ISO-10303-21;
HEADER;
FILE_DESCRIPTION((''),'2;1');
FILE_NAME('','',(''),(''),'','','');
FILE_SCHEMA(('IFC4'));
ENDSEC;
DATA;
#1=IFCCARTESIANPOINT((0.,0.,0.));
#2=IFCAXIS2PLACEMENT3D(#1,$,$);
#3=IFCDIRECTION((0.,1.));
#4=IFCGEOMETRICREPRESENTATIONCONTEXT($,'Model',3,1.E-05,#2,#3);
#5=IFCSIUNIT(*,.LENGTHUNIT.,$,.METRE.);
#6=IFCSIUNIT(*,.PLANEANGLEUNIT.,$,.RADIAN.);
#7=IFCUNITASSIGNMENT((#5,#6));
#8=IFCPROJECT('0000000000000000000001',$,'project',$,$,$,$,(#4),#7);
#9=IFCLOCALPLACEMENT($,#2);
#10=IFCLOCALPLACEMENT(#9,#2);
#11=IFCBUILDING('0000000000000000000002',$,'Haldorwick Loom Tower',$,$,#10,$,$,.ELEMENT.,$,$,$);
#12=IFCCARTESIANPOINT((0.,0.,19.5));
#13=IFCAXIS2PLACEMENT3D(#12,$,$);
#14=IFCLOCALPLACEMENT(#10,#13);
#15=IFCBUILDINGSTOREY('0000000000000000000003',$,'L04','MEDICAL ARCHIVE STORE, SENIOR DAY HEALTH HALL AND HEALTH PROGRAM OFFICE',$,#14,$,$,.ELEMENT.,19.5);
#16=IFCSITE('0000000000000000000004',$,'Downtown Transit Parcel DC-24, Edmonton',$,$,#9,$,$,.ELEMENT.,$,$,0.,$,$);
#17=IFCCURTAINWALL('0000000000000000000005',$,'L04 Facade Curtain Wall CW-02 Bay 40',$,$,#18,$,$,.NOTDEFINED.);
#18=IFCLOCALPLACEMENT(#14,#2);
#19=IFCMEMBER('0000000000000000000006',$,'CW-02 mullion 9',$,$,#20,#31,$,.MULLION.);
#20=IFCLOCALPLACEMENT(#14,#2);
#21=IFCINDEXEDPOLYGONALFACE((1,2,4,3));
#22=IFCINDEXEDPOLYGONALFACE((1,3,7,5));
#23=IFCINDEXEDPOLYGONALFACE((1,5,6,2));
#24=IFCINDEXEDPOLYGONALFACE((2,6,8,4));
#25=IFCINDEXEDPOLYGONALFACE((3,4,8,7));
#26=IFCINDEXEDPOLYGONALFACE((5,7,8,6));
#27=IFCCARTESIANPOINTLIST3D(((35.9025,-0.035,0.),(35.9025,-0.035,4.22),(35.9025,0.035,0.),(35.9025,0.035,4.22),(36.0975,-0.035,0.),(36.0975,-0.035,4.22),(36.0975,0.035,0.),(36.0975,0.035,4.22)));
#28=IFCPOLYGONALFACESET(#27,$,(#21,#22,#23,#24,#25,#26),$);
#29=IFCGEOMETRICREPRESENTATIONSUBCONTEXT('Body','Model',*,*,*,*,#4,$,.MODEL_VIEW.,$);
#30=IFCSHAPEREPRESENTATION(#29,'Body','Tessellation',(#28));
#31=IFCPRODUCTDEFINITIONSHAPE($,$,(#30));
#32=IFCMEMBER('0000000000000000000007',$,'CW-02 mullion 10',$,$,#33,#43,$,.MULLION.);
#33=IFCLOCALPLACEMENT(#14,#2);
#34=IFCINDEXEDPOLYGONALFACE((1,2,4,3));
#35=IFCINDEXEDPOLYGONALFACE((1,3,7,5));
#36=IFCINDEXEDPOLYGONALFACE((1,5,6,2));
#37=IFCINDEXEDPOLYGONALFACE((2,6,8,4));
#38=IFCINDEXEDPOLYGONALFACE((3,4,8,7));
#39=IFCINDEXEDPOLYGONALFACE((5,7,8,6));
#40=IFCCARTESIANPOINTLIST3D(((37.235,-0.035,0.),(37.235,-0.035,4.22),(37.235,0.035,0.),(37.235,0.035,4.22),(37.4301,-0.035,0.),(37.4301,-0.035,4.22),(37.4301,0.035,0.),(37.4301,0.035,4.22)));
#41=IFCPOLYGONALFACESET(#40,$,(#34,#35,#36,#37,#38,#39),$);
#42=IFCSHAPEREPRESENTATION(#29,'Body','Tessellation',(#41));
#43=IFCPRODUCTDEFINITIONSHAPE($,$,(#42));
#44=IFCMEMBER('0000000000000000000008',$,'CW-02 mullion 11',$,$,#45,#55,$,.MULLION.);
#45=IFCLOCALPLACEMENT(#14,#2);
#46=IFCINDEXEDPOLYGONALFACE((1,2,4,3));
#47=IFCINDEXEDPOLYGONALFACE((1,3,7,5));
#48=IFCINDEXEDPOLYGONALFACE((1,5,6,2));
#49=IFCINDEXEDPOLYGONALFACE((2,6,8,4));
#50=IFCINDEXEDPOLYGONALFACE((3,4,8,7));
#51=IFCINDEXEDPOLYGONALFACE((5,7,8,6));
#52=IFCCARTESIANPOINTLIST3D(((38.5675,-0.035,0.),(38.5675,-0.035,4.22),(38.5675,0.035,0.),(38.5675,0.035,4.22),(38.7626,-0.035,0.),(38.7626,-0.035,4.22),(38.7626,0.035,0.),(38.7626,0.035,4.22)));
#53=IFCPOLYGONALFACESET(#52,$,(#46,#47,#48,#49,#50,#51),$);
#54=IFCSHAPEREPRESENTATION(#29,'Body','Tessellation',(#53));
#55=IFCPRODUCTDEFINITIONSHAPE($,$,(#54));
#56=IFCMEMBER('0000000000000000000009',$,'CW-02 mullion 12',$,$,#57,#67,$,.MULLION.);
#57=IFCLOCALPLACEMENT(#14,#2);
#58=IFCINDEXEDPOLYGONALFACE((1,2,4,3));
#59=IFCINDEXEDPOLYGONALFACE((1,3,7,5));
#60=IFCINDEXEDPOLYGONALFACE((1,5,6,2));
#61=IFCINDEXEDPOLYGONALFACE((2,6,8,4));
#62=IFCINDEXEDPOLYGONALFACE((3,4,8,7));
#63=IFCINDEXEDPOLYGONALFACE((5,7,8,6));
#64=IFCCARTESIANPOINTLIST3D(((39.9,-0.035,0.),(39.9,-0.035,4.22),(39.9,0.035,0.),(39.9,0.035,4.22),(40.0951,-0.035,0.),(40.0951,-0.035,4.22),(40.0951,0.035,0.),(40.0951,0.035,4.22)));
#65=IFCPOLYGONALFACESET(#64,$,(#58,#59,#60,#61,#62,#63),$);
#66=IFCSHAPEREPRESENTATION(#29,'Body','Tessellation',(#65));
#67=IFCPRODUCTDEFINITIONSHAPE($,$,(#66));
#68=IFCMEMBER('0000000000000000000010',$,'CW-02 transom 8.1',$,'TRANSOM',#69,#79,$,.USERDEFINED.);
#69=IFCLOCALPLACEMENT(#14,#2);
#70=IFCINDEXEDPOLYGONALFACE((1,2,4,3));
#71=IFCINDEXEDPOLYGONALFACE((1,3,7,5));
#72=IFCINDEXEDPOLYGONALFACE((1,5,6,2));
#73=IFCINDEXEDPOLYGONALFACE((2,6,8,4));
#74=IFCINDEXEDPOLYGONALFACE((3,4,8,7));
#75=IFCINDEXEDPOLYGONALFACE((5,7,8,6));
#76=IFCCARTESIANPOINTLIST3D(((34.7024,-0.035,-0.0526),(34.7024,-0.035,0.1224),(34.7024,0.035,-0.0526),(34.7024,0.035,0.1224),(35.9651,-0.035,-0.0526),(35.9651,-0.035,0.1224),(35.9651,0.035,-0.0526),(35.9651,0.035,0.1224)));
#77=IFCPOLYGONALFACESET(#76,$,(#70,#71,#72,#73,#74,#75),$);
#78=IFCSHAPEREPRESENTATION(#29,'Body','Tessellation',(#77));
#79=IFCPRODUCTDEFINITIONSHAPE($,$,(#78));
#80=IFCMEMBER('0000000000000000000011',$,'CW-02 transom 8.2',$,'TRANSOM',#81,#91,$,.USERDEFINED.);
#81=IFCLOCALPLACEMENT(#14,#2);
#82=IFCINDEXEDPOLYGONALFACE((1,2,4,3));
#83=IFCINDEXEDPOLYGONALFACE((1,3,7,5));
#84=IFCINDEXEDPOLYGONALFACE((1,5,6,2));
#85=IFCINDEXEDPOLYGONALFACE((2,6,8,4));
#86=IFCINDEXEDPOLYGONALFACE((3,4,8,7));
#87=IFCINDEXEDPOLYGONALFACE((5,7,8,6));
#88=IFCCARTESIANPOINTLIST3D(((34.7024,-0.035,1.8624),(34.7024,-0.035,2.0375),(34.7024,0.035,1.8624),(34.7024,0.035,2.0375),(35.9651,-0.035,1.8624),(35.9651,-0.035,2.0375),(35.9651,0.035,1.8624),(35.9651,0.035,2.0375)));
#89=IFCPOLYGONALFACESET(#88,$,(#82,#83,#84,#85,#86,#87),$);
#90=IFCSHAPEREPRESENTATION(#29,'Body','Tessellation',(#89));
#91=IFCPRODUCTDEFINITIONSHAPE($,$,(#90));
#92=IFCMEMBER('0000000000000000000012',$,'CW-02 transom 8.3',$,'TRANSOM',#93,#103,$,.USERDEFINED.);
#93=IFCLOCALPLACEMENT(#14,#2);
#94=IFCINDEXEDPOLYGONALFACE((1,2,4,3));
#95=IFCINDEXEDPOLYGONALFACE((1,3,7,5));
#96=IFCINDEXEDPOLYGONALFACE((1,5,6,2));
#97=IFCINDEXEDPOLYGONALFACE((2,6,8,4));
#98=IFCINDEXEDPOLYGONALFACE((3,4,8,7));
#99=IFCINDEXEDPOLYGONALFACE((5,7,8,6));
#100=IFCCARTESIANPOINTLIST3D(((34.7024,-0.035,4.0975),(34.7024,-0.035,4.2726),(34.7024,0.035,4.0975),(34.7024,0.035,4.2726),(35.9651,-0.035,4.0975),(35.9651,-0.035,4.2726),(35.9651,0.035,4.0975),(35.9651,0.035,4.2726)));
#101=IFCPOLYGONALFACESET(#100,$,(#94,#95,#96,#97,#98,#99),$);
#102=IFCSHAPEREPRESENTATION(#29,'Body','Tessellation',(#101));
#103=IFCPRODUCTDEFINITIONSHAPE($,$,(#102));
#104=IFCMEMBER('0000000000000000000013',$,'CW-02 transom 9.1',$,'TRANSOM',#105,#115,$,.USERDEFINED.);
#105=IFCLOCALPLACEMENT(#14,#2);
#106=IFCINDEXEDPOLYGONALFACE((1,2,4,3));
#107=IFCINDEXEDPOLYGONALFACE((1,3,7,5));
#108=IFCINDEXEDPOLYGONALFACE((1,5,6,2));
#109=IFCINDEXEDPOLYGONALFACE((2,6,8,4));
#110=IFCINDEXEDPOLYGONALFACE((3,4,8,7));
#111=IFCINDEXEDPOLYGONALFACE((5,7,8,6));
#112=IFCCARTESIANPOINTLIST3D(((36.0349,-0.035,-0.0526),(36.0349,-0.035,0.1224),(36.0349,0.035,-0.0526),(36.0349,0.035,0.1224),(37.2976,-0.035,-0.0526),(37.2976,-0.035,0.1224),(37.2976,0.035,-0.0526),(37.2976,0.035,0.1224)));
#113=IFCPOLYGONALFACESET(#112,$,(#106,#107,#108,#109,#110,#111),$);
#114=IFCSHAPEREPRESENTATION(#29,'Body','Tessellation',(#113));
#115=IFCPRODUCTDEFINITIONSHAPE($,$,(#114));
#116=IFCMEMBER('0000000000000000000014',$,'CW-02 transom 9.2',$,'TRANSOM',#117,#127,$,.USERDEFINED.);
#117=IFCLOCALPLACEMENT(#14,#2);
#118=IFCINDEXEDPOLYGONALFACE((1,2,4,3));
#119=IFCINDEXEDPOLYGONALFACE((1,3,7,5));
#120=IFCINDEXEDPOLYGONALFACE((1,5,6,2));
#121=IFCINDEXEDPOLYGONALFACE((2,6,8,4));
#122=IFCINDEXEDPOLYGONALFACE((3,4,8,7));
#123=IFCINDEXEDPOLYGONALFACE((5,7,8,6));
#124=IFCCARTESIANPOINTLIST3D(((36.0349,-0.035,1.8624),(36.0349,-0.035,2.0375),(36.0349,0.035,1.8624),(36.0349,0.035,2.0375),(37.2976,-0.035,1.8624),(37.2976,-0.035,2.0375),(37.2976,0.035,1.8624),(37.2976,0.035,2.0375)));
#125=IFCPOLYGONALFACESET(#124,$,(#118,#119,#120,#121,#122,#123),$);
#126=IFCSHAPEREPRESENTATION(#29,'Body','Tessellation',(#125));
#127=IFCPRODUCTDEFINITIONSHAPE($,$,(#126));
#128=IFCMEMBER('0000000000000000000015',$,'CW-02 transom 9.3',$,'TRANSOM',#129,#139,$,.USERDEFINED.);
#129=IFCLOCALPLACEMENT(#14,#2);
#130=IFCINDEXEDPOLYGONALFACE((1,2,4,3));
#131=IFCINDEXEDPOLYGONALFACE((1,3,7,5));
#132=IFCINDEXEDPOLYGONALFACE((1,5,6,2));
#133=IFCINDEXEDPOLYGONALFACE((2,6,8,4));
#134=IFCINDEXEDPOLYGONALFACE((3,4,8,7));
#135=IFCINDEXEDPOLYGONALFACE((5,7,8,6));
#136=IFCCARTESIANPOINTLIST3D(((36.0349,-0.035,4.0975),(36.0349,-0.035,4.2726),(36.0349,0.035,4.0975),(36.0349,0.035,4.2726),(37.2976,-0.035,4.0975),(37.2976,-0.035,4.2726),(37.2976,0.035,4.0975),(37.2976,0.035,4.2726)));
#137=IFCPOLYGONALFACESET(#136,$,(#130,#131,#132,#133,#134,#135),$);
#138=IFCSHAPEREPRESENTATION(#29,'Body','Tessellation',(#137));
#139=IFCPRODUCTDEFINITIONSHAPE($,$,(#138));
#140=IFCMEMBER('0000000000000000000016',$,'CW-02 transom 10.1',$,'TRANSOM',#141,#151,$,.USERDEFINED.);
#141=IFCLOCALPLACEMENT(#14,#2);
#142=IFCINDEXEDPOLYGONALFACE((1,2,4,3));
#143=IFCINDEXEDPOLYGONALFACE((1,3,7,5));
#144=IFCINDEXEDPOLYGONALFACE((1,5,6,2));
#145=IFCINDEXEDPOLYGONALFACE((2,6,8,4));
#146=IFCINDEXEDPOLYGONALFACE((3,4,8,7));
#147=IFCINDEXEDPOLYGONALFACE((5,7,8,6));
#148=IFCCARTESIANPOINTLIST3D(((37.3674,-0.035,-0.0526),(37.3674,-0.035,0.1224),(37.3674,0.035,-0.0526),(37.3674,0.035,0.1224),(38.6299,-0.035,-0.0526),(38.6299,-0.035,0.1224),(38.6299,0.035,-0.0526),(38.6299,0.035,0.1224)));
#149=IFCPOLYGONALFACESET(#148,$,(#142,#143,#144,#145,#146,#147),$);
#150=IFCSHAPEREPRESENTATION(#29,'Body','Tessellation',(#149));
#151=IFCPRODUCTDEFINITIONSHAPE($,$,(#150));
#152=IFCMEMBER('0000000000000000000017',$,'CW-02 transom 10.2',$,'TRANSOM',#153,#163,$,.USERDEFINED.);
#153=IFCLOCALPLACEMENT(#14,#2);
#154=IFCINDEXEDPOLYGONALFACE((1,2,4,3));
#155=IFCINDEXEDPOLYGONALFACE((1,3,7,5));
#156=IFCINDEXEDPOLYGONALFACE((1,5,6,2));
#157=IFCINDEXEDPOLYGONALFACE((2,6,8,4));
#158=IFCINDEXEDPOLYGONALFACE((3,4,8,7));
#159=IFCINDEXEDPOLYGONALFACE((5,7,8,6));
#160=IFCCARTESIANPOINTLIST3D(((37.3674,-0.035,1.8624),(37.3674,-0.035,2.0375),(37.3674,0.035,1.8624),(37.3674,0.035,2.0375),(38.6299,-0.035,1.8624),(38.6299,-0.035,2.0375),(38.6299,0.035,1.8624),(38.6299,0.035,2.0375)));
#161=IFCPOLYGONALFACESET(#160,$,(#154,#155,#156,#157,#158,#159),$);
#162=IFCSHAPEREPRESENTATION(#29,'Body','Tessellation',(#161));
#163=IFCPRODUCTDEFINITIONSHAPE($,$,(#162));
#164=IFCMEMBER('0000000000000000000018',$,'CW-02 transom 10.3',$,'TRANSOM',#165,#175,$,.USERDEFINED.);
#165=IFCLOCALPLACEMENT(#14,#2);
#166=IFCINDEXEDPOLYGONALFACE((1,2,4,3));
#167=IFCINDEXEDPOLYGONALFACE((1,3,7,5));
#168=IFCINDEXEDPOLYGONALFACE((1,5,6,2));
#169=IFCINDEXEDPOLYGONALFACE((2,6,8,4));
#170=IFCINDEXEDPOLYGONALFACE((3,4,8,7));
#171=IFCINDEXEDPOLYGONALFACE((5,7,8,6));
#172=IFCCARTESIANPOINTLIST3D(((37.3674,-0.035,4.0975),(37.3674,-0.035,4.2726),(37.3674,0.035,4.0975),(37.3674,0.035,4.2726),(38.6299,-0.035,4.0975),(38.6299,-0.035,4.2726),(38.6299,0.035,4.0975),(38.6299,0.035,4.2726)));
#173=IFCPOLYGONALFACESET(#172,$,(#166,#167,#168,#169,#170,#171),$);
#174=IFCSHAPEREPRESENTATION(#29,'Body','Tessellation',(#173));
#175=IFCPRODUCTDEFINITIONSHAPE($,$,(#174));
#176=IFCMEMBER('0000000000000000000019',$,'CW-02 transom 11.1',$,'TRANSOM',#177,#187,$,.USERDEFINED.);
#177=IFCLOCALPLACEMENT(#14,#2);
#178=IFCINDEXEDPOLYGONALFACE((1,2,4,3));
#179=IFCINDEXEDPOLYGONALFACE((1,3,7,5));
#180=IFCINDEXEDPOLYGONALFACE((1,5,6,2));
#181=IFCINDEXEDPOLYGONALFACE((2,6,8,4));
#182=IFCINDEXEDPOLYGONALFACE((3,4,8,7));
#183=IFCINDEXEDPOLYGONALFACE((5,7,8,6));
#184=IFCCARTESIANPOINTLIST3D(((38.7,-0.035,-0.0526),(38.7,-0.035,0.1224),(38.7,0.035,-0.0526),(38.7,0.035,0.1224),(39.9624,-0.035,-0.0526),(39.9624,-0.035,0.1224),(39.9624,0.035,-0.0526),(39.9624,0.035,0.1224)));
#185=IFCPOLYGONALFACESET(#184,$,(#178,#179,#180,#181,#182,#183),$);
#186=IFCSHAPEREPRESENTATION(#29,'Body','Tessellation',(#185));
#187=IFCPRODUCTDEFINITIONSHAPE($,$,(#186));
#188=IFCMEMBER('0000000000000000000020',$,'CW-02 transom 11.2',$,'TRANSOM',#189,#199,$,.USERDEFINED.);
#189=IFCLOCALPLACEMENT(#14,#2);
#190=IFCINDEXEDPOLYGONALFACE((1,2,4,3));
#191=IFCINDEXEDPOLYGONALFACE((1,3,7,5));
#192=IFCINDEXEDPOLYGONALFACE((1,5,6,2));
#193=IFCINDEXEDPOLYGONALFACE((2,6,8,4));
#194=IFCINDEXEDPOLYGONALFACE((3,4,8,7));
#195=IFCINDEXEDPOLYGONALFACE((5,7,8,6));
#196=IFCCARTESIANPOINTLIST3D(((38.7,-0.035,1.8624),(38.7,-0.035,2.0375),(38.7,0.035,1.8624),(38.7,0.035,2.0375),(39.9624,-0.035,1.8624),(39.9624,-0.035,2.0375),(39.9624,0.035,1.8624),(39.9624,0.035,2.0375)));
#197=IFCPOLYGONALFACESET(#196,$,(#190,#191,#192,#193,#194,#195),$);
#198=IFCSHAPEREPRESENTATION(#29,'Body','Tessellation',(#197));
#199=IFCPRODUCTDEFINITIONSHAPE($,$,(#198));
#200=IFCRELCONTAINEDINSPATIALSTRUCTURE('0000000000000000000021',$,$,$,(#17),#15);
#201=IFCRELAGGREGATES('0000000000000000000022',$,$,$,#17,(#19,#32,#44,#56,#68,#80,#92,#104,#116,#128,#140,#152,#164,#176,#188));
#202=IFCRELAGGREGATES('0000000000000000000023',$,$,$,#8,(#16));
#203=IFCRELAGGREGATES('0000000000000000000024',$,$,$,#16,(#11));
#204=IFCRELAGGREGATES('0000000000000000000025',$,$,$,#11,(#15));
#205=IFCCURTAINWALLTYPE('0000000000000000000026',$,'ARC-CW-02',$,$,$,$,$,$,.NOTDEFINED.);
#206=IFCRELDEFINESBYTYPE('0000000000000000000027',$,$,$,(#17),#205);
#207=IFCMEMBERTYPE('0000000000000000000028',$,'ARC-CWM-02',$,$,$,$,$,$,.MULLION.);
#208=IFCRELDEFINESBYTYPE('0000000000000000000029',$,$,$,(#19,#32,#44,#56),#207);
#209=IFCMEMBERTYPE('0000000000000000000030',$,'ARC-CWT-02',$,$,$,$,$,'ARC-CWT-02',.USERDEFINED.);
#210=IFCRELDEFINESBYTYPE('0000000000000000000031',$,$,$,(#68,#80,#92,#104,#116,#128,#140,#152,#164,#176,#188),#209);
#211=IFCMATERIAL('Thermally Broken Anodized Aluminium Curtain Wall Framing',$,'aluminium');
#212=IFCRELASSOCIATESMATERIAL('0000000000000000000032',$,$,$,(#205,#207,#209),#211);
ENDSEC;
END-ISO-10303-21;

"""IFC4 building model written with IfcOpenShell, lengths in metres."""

from ifc_helpers import new_model, si_unit, direction, frame, origin, origin_2d, place, context, subcontext, project, spatial, rectangle, extrude, material, material_profile, profile_set, type_object, element, aggregate, save


model = new_model("IFC4")

# Units and contexts
model_context = context("Model", 3, precision=1e-05, world=origin(), true_north=direction((0.0, 1.0)))
body_context = subcontext(model_context, "Body", "Model", "MODEL_VIEW")
ifc_project = project(units=[si_unit("LENGTHUNIT", "METRE"), si_unit("PLANEANGLEUNIT", "RADIAN")], contexts=[model_context])

# Site, building, storey
site_placement = place(None, origin())
site = spatial("IfcSite", under=ifc_project, at=site_placement, Name="Downtown Transit Parcel DC-24, Edmonton", CompositionType="ELEMENT", RefElevation=0.0)
building_placement = place(site_placement, origin())
building = spatial("IfcBuilding", under=site, at=building_placement, Name="Haldorwick Loom Tower", CompositionType="ELEMENT")
storey_placement = place(building_placement, frame((0.0, 0.0, 19.5)))
storey = spatial("IfcBuildingStorey", under=building, at=storey_placement, Name="L04", Description="MEDICAL ARCHIVE STORE, SENIOR DAY HEALTH HALL AND HEALTH PROGRAM OFFICE", CompositionType="ELEMENT", Elevation=19.5)

# Curtain wall, members
ifc_material_1 = material(Name="Thermally Broken Anodized Aluminium Curtain Wall Framing", Category="aluminium")
curtain_wall_type = type_object("IfcCurtainWallType", Name="ARC-CW-02", PredefinedType="NOTDEFINED", material=ifc_material_1)
curtain_wall_placement = place(storey_placement, origin())
curtain_wall = element("IfcCurtainWall", 1, at=curtain_wall_placement, inside=storey, type_object=curtain_wall_type, Name="L04 Facade Curtain Wall CW-02 Bay 40", PredefinedType="NOTDEFINED")
ifc_material_profile_1 = material_profile(ifc_material_1, rectangle(XDim=0.0701, YDim=0.1951, at=origin_2d()), Name="ALU_MUL_70X195", Category="aluminium")
ifc_profile_set_1 = profile_set([ifc_material_profile_1], Name="Thermally Broken Anodized Aluminium Curtain Wall Framing")
member_type_1 = type_object("IfcMemberType", Name="ARC-CWM-02", PredefinedType="MULLION", material=ifc_profile_set_1)
member_1_placement = place(storey_placement, frame((36.0, 0.0, 0.0), z_axis=(0.0, 0.0, 1.0), x_axis=(0.0, 1.0, 0.0)))
member_1 = element("IfcMember", 2, at=member_1_placement, type_object=member_type_1, Name="CW-02 mullion 9", PredefinedType="MULLION", context=body_context, shape_type="SweptSolid", body=[
    extrude(rectangle(XDim=0.0701, YDim=0.1951, at=origin_2d()), origin(), (0.0, 0.0, 1.0), 4.22),
])
member_2_placement = place(storey_placement, frame((37.3325, 0.0, 0.0), z_axis=(0.0, 0.0, 1.0), x_axis=(0.0, 1.0, 0.0)))
member_2 = element("IfcMember", 3, at=member_2_placement, type_object=member_type_1, Name="CW-02 mullion 10", PredefinedType="MULLION", context=body_context, shape_type="SweptSolid", body=[
    extrude(rectangle(XDim=0.0701, YDim=0.1951, at=origin_2d()), origin(), (0.0, 0.0, 1.0), 4.22),
])
member_3_placement = place(storey_placement, frame((38.665, 0.0, 0.0), z_axis=(0.0, 0.0, 1.0), x_axis=(0.0, 1.0, 0.0)))
member_3 = element("IfcMember", 4, at=member_3_placement, type_object=member_type_1, Name="CW-02 mullion 11", PredefinedType="MULLION", context=body_context, shape_type="SweptSolid", body=[
    extrude(rectangle(XDim=0.0701, YDim=0.1951, at=origin_2d()), origin(), (0.0, 0.0, 1.0), 4.22),
])
member_4_placement = place(storey_placement, frame((39.9976, 0.0, 0.0), z_axis=(0.0, 0.0, 1.0), x_axis=(0.0, 1.0, 0.0)))
member_4 = element("IfcMember", 5, at=member_4_placement, type_object=member_type_1, Name="CW-02 mullion 12", PredefinedType="MULLION", context=body_context, shape_type="SweptSolid", body=[
    extrude(rectangle(XDim=0.0701, YDim=0.1951, at=origin_2d()), origin(), (0.0, 0.0, 1.0), 4.22),
])
ifc_material_profile_2 = material_profile(ifc_material_1, rectangle(XDim=0.0701, YDim=0.175, at=origin_2d()), Name="ALU_TRN_70X175", Category="aluminium")
ifc_profile_set_2 = profile_set([ifc_material_profile_2], Name="Thermally Broken Anodized Aluminium Curtain Wall Framing")
member_type_2 = type_object("IfcMemberType", Name="ARC-CWT-02", ElementType="ARC-CWT-02", PredefinedType="USERDEFINED", material=ifc_profile_set_2)
member_5_placement = place(storey_placement, frame((34.7024, 0.0, 0.0349), z_axis=(1.0, 0.0, 0.0), x_axis=(0.0, 1.0, 0.0)))
member_5 = element("IfcMember", 6, at=member_5_placement, type_object=member_type_2, Name="CW-02 transom 8.1", ObjectType="TRANSOM", PredefinedType="USERDEFINED", context=body_context, shape_type="SweptSolid", body=[
    extrude(rectangle(XDim=0.0701, YDim=0.175, at=origin_2d()), origin(), (0.0, 0.0, 1.0), 1.2627),
])
member_6_placement = place(storey_placement, frame((34.7024, 0.0, 1.95), z_axis=(1.0, 0.0, 0.0), x_axis=(0.0, 1.0, 0.0)))
member_6 = element("IfcMember", 7, at=member_6_placement, type_object=member_type_2, Name="CW-02 transom 8.2", ObjectType="TRANSOM", PredefinedType="USERDEFINED", context=body_context, shape_type="SweptSolid", body=[
    extrude(rectangle(XDim=0.0701, YDim=0.175, at=origin_2d()), origin(), (0.0, 0.0, 1.0), 1.2627),
])
member_7_placement = place(storey_placement, frame((34.7024, 0.0, 4.1851), z_axis=(1.0, 0.0, 0.0), x_axis=(0.0, 1.0, 0.0)))
member_7 = element("IfcMember", 8, at=member_7_placement, type_object=member_type_2, Name="CW-02 transom 8.3", ObjectType="TRANSOM", PredefinedType="USERDEFINED", context=body_context, shape_type="SweptSolid", body=[
    extrude(rectangle(XDim=0.0701, YDim=0.175, at=origin_2d()), origin(), (0.0, 0.0, 1.0), 1.2627),
])
member_8_placement = place(storey_placement, frame((36.0349, 0.0, 0.0349), z_axis=(1.0, 0.0, 0.0), x_axis=(0.0, 1.0, 0.0)))
member_8 = element("IfcMember", 9, at=member_8_placement, type_object=member_type_2, Name="CW-02 transom 9.1", ObjectType="TRANSOM", PredefinedType="USERDEFINED", context=body_context, shape_type="SweptSolid", body=[
    extrude(rectangle(XDim=0.0701, YDim=0.175, at=origin_2d()), origin(), (0.0, 0.0, 1.0), 1.2627),
])
member_9_placement = place(storey_placement, frame((36.0349, 0.0, 1.95), z_axis=(1.0, 0.0, 0.0), x_axis=(0.0, 1.0, 0.0)))
member_9 = element("IfcMember", 10, at=member_9_placement, type_object=member_type_2, Name="CW-02 transom 9.2", ObjectType="TRANSOM", PredefinedType="USERDEFINED", context=body_context, shape_type="SweptSolid", body=[
    extrude(rectangle(XDim=0.0701, YDim=0.175, at=origin_2d()), origin(), (0.0, 0.0, 1.0), 1.2627),
])
member_10_placement = place(storey_placement, frame((36.0349, 0.0, 4.1851), z_axis=(1.0, 0.0, 0.0), x_axis=(0.0, 1.0, 0.0)))
member_10 = element("IfcMember", 11, at=member_10_placement, type_object=member_type_2, Name="CW-02 transom 9.3", ObjectType="TRANSOM", PredefinedType="USERDEFINED", context=body_context, shape_type="SweptSolid", body=[
    extrude(rectangle(XDim=0.0701, YDim=0.175, at=origin_2d()), origin(), (0.0, 0.0, 1.0), 1.2627),
])
member_11_placement = place(storey_placement, frame((37.3674, 0.0, 0.0349), z_axis=(1.0, 0.0, 0.0), x_axis=(0.0, 1.0, 0.0)))
member_11 = element("IfcMember", 12, at=member_11_placement, type_object=member_type_2, Name="CW-02 transom 10.1", ObjectType="TRANSOM", PredefinedType="USERDEFINED", context=body_context, shape_type="SweptSolid", body=[
    extrude(rectangle(XDim=0.0701, YDim=0.175, at=origin_2d()), origin(), (0.0, 0.0, 1.0), 1.2625),
])
member_12_placement = place(storey_placement, frame((37.3674, 0.0, 1.95), z_axis=(1.0, 0.0, 0.0), x_axis=(0.0, 1.0, 0.0)))
member_12 = element("IfcMember", 13, at=member_12_placement, type_object=member_type_2, Name="CW-02 transom 10.2", ObjectType="TRANSOM", PredefinedType="USERDEFINED", context=body_context, shape_type="SweptSolid", body=[
    extrude(rectangle(XDim=0.0701, YDim=0.175, at=origin_2d()), origin(), (0.0, 0.0, 1.0), 1.2625),
])
member_13_placement = place(storey_placement, frame((37.3674, 0.0, 4.1851), z_axis=(1.0, 0.0, 0.0), x_axis=(0.0, 1.0, 0.0)))
member_13 = element("IfcMember", 14, at=member_13_placement, type_object=member_type_2, Name="CW-02 transom 10.3", ObjectType="TRANSOM", PredefinedType="USERDEFINED", context=body_context, shape_type="SweptSolid", body=[
    extrude(rectangle(XDim=0.0701, YDim=0.175, at=origin_2d()), origin(), (0.0, 0.0, 1.0), 1.2625),
])
member_14_placement = place(storey_placement, frame((38.7, 0.0, 0.0349), z_axis=(1.0, 0.0, 0.0), x_axis=(0.0, 1.0, 0.0)))
member_14 = element("IfcMember", 15, at=member_14_placement, type_object=member_type_2, Name="CW-02 transom 11.1", ObjectType="TRANSOM", PredefinedType="USERDEFINED", context=body_context, shape_type="SweptSolid", body=[
    extrude(rectangle(XDim=0.0701, YDim=0.175, at=origin_2d()), origin(), (0.0, 0.0, 1.0), 1.2625),
])
member_15_placement = place(storey_placement, frame((38.7, 0.0, 1.95), z_axis=(1.0, 0.0, 0.0), x_axis=(0.0, 1.0, 0.0)))
member_15 = element("IfcMember", 16, at=member_15_placement, type_object=member_type_2, Name="CW-02 transom 11.2", ObjectType="TRANSOM", PredefinedType="USERDEFINED", context=body_context, shape_type="SweptSolid", body=[
    extrude(rectangle(XDim=0.0701, YDim=0.175, at=origin_2d()), origin(), (0.0, 0.0, 1.0), 1.2625),
])
aggregate(curtain_wall, [member_1, member_2, member_3, member_4, member_5, member_6, member_7, member_8, member_9, member_10, member_11, member_12, member_13, member_14, member_15])

save(model, "model.ifc")
